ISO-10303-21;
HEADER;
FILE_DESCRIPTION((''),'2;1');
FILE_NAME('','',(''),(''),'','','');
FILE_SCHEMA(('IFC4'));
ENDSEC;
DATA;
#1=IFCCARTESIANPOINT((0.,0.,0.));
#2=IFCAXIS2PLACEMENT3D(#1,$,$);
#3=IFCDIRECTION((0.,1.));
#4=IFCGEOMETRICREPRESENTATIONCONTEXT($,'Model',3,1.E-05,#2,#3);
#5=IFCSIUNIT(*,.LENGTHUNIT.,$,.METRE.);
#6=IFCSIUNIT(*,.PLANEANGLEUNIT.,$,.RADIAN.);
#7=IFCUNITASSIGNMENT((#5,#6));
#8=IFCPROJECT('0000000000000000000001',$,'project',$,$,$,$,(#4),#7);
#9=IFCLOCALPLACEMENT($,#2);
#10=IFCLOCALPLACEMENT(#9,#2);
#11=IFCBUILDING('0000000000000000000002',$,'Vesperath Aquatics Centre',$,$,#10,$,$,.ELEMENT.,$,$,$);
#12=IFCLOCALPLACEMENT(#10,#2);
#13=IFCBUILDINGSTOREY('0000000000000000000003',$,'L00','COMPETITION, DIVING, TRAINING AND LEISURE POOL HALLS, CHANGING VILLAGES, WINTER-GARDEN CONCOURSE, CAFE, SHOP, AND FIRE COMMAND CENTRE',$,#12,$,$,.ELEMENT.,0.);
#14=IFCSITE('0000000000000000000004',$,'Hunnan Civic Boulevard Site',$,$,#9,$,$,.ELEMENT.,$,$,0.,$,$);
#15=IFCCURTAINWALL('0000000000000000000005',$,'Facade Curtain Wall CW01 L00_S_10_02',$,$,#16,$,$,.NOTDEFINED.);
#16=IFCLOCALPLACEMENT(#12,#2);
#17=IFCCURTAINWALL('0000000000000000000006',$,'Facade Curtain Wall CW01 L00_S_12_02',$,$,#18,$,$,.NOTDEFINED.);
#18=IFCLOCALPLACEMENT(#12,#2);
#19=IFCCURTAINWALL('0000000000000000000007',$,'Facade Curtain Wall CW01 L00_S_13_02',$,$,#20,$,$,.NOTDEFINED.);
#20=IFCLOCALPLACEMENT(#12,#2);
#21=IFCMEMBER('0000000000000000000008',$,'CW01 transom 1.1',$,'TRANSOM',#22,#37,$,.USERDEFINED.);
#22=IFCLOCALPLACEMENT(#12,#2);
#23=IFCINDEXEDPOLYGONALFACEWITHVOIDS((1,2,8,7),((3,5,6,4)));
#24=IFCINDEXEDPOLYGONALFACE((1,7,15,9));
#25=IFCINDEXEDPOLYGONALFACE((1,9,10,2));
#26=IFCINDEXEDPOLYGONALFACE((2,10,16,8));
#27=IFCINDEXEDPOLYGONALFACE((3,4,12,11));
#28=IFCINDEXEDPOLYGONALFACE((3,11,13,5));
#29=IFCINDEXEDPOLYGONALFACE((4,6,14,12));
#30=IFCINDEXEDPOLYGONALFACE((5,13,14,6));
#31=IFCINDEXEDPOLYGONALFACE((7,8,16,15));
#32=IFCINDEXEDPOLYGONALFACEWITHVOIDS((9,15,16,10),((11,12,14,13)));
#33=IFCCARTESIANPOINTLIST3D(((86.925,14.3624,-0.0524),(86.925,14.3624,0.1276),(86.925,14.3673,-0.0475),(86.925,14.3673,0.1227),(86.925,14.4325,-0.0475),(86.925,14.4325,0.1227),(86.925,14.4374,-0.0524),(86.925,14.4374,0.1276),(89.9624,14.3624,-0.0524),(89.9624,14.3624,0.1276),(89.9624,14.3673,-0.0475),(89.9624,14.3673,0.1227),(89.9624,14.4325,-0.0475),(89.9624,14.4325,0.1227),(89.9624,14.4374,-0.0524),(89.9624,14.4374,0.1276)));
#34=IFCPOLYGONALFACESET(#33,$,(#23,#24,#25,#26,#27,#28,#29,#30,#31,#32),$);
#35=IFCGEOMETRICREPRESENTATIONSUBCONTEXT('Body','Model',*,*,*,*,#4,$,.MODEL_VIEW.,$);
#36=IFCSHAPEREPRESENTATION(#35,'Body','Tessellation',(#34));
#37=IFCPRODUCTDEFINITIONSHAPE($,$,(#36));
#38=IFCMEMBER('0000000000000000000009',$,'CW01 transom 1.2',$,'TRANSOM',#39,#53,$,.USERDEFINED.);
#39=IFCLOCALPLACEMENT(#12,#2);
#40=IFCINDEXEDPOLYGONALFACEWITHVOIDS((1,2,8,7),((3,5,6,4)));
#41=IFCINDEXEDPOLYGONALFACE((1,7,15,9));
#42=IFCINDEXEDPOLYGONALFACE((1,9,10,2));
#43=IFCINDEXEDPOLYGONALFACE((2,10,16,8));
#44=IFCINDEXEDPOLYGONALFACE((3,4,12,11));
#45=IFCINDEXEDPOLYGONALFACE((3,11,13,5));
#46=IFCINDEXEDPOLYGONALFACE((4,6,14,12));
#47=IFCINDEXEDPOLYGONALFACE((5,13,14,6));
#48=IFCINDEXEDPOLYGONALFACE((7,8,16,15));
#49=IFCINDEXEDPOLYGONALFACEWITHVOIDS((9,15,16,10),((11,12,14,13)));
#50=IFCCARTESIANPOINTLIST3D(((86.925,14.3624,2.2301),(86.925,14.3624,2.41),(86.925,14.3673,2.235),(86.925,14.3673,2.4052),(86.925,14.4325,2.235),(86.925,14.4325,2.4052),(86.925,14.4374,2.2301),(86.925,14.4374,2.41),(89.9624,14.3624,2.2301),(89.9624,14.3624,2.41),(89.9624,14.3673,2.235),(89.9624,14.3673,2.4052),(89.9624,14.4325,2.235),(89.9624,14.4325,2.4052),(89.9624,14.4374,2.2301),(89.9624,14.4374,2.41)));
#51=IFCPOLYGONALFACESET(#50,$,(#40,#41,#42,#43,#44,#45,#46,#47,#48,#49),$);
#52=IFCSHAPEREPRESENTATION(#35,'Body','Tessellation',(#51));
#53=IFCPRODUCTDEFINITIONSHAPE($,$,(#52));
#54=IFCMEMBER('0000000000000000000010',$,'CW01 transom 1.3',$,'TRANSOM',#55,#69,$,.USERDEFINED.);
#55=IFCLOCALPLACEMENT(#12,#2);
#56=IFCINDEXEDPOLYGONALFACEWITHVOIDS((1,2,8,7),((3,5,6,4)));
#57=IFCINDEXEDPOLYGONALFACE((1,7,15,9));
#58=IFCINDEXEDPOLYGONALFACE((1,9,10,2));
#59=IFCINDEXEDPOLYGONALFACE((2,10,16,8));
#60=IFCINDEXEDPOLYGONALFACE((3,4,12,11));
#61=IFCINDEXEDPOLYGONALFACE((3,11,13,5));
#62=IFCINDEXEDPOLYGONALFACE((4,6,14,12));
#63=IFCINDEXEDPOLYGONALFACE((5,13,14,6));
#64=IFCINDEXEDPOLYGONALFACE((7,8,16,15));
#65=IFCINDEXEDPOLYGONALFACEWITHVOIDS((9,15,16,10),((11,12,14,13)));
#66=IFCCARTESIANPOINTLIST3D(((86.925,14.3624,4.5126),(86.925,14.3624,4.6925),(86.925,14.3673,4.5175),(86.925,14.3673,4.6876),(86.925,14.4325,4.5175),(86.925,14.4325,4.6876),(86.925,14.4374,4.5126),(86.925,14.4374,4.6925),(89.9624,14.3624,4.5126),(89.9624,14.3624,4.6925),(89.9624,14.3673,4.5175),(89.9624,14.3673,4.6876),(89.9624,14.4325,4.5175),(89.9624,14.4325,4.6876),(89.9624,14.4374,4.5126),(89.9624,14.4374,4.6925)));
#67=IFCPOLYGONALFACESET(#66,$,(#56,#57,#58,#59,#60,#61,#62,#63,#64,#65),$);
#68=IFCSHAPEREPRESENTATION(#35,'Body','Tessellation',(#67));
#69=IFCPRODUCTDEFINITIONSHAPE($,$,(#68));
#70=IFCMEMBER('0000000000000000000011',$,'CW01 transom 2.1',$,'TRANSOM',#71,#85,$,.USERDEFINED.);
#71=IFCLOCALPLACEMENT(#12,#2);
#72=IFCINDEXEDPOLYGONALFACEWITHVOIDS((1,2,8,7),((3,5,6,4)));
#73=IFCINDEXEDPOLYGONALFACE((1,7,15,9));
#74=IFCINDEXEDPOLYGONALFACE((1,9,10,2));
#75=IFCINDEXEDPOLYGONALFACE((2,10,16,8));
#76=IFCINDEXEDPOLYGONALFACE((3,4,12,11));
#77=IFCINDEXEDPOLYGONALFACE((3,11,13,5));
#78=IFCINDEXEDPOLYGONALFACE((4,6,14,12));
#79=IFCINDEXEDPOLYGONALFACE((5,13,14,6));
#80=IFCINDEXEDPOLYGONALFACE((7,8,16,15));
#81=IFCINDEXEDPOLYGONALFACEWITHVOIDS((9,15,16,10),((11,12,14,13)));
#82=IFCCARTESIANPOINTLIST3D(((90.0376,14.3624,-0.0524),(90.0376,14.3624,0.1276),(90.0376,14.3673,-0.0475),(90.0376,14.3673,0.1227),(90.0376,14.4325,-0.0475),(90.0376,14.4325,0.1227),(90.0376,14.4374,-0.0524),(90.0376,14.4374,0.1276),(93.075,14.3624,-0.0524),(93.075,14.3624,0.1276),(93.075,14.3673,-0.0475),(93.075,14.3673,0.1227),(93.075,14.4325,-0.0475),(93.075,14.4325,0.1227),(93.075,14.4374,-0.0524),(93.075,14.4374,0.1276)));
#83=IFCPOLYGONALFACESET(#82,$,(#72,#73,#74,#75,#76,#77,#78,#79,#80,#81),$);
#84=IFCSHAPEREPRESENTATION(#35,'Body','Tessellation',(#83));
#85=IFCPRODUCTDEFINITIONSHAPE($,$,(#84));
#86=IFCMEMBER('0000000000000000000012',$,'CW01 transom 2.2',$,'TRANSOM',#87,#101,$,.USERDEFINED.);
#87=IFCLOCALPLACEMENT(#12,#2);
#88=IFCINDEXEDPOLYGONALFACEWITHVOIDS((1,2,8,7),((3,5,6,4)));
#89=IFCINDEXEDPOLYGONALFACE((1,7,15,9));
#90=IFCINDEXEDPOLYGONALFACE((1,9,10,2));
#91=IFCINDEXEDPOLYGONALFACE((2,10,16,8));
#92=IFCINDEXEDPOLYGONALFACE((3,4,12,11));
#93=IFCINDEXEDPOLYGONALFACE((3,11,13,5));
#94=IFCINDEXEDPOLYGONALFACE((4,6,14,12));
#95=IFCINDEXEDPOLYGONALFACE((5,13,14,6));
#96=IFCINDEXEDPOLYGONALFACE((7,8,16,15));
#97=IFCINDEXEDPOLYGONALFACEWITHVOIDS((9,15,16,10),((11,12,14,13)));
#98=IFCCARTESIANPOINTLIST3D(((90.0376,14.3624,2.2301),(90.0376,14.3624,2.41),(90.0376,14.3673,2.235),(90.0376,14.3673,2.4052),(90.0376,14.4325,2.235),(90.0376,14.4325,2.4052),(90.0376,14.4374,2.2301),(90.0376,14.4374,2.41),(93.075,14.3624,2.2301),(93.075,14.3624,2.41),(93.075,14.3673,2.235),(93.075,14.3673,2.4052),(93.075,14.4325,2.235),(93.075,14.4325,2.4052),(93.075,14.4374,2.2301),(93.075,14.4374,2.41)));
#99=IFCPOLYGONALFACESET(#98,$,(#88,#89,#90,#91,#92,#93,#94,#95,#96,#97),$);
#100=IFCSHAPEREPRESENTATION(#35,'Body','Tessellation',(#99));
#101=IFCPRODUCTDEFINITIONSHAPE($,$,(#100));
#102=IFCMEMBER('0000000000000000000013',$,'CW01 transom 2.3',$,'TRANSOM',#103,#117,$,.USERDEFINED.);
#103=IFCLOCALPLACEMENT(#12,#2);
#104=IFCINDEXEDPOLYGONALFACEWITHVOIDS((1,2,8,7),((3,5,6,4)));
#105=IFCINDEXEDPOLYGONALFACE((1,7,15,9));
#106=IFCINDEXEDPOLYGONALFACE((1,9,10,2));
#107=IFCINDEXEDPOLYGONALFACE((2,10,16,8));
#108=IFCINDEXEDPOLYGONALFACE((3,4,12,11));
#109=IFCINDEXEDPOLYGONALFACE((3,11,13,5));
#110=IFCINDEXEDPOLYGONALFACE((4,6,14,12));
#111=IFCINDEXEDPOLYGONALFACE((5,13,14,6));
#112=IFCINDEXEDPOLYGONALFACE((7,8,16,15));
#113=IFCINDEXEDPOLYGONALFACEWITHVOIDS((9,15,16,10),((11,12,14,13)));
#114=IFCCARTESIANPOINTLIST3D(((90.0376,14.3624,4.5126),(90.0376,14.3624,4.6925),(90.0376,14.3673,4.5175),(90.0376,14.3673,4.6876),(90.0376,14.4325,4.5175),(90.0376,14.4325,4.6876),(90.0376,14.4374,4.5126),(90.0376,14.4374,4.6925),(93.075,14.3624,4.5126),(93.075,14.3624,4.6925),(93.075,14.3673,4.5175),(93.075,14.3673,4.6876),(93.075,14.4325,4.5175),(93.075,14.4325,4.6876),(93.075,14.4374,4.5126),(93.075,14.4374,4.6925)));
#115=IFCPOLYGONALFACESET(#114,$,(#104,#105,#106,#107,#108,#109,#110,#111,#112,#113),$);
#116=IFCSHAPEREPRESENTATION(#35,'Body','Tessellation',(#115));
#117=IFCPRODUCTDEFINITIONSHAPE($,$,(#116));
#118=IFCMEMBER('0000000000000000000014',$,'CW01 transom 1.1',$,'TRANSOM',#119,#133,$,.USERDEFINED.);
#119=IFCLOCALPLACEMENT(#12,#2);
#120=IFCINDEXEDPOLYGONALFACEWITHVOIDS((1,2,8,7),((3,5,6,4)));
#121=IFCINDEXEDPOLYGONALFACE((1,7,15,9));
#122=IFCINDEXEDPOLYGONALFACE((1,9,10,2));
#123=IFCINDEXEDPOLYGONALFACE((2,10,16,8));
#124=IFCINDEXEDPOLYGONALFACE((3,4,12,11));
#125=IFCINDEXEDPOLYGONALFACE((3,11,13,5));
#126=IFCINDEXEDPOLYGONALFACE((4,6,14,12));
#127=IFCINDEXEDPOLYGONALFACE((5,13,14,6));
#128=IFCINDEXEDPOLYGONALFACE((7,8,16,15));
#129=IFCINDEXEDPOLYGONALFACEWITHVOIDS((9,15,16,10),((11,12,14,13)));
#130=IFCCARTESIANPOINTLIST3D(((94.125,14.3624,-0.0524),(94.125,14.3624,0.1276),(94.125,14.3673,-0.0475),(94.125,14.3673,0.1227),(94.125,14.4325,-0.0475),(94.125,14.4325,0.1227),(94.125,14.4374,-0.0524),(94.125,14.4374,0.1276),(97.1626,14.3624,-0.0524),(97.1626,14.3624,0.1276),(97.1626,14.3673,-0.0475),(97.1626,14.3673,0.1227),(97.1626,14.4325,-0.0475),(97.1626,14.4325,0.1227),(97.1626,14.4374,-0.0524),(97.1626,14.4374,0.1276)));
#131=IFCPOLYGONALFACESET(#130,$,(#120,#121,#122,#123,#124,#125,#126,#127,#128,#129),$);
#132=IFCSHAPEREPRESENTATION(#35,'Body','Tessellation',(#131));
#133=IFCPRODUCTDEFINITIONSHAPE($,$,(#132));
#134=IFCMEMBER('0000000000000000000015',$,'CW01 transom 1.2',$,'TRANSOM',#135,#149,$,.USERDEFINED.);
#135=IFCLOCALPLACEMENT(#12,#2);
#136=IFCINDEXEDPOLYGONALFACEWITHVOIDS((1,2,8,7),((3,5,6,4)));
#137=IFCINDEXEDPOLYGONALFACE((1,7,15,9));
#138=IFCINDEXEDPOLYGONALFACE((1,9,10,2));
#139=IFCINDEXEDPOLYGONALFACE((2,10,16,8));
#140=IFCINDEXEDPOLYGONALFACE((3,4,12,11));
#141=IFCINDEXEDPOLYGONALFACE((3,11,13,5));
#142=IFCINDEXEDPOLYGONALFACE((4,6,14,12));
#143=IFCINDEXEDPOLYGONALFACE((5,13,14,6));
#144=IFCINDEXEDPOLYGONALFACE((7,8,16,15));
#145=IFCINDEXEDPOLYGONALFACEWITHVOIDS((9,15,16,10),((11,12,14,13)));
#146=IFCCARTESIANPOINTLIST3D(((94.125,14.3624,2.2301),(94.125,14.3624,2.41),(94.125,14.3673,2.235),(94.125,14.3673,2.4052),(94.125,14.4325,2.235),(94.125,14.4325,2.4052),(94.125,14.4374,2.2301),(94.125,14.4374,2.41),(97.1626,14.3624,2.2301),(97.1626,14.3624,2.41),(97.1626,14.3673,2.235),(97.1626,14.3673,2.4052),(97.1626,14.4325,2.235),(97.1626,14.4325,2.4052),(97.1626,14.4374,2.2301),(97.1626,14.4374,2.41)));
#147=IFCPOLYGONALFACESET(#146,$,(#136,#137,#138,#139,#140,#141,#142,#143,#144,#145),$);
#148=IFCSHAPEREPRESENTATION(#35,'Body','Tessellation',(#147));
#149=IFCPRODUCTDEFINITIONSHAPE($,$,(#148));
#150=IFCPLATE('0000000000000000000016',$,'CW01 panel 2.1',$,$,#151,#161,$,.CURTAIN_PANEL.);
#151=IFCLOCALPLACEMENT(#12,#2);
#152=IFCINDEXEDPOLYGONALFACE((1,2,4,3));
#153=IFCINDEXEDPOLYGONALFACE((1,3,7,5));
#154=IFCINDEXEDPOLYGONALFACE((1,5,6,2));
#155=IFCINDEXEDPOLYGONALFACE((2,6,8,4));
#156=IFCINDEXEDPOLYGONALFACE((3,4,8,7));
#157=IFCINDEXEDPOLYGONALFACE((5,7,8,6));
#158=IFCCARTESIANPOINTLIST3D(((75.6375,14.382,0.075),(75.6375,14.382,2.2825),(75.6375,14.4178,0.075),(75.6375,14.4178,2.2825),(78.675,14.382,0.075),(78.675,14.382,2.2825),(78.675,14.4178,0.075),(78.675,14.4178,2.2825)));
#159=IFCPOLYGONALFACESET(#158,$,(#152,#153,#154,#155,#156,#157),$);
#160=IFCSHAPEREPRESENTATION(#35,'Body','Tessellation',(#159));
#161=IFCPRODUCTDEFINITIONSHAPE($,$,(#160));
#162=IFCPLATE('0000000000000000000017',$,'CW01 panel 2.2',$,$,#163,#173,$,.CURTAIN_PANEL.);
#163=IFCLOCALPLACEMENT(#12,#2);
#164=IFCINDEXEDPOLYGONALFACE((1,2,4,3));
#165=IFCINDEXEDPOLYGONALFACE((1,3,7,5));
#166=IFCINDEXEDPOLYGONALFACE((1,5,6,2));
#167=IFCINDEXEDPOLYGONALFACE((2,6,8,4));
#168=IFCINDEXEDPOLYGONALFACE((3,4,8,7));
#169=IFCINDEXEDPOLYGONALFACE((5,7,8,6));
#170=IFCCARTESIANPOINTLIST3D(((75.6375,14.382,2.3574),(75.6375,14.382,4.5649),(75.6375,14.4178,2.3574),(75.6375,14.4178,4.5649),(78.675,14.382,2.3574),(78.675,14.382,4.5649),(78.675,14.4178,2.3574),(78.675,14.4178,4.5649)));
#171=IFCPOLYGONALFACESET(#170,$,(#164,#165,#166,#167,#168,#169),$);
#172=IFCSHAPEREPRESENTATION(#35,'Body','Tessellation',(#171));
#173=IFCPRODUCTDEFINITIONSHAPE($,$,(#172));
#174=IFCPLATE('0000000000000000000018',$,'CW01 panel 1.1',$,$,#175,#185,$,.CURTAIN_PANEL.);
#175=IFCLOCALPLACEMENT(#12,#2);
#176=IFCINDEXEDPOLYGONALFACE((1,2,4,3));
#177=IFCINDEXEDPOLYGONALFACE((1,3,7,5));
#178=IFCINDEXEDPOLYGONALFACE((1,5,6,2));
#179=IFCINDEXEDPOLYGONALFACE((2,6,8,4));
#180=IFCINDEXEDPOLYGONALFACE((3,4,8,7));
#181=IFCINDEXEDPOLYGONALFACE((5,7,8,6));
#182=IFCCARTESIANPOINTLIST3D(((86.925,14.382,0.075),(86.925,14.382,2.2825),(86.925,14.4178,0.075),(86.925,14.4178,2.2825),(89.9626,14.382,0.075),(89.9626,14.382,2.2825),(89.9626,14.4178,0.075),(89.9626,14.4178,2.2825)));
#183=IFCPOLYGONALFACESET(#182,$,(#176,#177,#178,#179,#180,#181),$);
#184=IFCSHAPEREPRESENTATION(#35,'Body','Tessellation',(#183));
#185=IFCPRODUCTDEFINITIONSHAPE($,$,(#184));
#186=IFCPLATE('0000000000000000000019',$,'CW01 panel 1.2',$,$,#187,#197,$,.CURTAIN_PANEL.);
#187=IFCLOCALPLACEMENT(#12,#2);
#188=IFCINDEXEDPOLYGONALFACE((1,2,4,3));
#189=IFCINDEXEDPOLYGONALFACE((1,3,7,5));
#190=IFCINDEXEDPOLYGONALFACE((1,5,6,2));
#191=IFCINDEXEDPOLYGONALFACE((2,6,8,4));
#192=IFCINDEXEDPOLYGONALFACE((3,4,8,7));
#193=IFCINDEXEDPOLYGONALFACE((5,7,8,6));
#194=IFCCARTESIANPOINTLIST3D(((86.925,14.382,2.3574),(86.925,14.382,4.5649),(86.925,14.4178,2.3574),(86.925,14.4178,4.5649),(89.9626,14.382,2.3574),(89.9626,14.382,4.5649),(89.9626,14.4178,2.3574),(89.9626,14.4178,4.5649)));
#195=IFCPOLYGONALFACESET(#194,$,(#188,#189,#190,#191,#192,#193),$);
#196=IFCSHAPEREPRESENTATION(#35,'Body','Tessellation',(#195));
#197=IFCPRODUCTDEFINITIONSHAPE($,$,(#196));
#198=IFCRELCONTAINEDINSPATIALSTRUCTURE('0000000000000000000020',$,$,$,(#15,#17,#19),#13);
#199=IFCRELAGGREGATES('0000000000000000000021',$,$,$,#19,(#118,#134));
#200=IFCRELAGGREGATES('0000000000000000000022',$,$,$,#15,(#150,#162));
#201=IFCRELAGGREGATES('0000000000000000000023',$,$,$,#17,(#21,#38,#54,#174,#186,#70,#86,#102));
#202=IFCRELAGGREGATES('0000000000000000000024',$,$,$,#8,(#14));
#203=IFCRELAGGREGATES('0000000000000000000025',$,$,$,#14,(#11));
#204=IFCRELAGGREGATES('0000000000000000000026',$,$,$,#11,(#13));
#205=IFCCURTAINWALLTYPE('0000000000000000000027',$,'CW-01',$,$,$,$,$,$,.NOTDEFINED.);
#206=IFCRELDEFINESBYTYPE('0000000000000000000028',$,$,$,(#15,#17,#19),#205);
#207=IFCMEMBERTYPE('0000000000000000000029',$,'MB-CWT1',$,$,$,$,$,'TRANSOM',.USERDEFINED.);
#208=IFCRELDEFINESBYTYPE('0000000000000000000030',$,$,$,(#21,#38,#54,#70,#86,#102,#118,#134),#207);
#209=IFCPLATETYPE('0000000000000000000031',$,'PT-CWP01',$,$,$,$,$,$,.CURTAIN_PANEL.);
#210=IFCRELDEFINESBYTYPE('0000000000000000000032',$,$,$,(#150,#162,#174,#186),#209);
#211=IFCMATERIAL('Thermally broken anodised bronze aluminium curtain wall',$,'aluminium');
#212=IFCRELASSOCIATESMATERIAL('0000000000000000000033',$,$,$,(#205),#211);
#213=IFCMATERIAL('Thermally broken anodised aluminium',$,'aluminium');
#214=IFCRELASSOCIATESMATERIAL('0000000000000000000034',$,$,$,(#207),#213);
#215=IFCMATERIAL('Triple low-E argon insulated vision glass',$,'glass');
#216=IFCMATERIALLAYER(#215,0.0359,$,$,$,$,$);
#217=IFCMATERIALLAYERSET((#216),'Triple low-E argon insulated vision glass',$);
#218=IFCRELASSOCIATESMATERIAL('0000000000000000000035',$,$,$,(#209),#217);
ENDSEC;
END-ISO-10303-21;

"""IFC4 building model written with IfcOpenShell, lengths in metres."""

from ifc_helpers import new_model, si_unit, direction, frame, origin, origin_2d, place, context, subcontext, project, spatial, rectangle, hollow_rectangle, extrude, material, layer, layer_set, material_profile, profile_set, type_object, element, aggregate, save


model = new_model("IFC4")

# Units and contexts
model_context = context("Model", 3, precision=1e-05, world=origin(), true_north=direction((0.0, 1.0)))
body_context = subcontext(model_context, "Body", "Model", "MODEL_VIEW")
ifc_project = project(units=[si_unit("LENGTHUNIT", "METRE"), si_unit("PLANEANGLEUNIT", "RADIAN")], contexts=[model_context])

# Site, building, storey
site_placement = place(None, origin())
site = spatial("IfcSite", under=ifc_project, at=site_placement, Name="Hunnan Civic Boulevard Site", CompositionType="ELEMENT", RefElevation=0.0)
building_placement = place(site_placement, origin())
building = spatial("IfcBuilding", under=site, at=building_placement, Name="Vesperath Aquatics Centre", CompositionType="ELEMENT")
storey_placement = place(building_placement, origin())
storey = spatial("IfcBuildingStorey", under=building, at=storey_placement, Name="L00", Description="COMPETITION, DIVING, TRAINING AND LEISURE POOL HALLS, CHANGING VILLAGES, WINTER-GARDEN CONCOURSE, CAFE, SHOP, AND FIRE COMMAND CENTRE", CompositionType="ELEMENT", Elevation=0.0)

# Curtain wall
ifc_material_1 = material(Name="Thermally broken anodised bronze aluminium curtain wall", Category="aluminium")
curtain_wall_type = type_object("IfcCurtainWallType", Name="CW-01", PredefinedType="NOTDEFINED", material=ifc_material_1)
curtain_wall_1_placement = place(storey_placement, origin())
curtain_wall_1 = element("IfcCurtainWall", 1, at=curtain_wall_1_placement, inside=storey, type_object=curtain_wall_type, Name="Facade Curtain Wall CW01 L00_S_10_02", PredefinedType="NOTDEFINED")
ifc_material_2 = material(Name="Thermally broken anodised aluminium", Category="aluminium")

# Curtain wall
curtain_wall_2_placement = place(storey_placement, origin())
curtain_wall_2 = element("IfcCurtainWall", 2, at=curtain_wall_2_placement, inside=storey, type_object=curtain_wall_type, Name="Facade Curtain Wall CW01 L00_S_12_02", PredefinedType="NOTDEFINED")

# Curtain wall
curtain_wall_3_placement = place(storey_placement, origin())
curtain_wall_3 = element("IfcCurtainWall", 3, at=curtain_wall_3_placement, inside=storey, type_object=curtain_wall_type, Name="Facade Curtain Wall CW01 L00_S_13_02", PredefinedType="NOTDEFINED")

# Members
ifc_material_profile_1 = material_profile(ifc_material_2, hollow_rectangle(XDim=0.075, YDim=0.1799, WallThickness=0.0049, at=origin_2d()), Name="CWT 75x180x5")
ifc_profile_set_1 = profile_set([ifc_material_profile_1], Name="Thermally broken anodised aluminium")
member_type_1 = type_object("IfcMemberType", Name="MB-CWT1", ElementType="TRANSOM", PredefinedType="USERDEFINED", material=ifc_profile_set_1)
member_1_placement = place(storey_placement, frame((86.925, 14.3999, 0.0376), z_axis=(1.0, 0.0, 0.0), x_axis=(0.0, 1.0, 0.0)))
member_1 = element("IfcMember", 4, at=member_1_placement, type_object=member_type_1, Name="CW01 transom 1.1", ObjectType="TRANSOM", PredefinedType="USERDEFINED", context=body_context, shape_type="SweptSolid", body=[
    extrude(hollow_rectangle(XDim=0.075, YDim=0.1799, WallThickness=0.0049, at=origin_2d()), origin(), (0.0, 0.0, 1.0), 3.0374),
])
member_2_placement = place(storey_placement, frame((86.925, 14.3999, 2.3201), z_axis=(1.0, 0.0, 0.0), x_axis=(0.0, 1.0, 0.0)))
member_2 = element("IfcMember", 5, at=member_2_placement, type_object=member_type_1, Name="CW01 transom 1.2", ObjectType="TRANSOM", PredefinedType="USERDEFINED", context=body_context, shape_type="SweptSolid", body=[
    extrude(hollow_rectangle(XDim=0.075, YDim=0.1799, WallThickness=0.0049, at=origin_2d()), origin(), (0.0, 0.0, 1.0), 3.0374),
])
member_3_placement = place(storey_placement, frame((86.925, 14.3999, 4.6025), z_axis=(1.0, 0.0, 0.0), x_axis=(0.0, 1.0, 0.0)))
member_3 = element("IfcMember", 6, at=member_3_placement, type_object=member_type_1, Name="CW01 transom 1.3", ObjectType="TRANSOM", PredefinedType="USERDEFINED", context=body_context, shape_type="SweptSolid", body=[
    extrude(hollow_rectangle(XDim=0.075, YDim=0.1799, WallThickness=0.0049, at=origin_2d()), origin(), (0.0, 0.0, 1.0), 3.0374),
])
member_4_placement = place(storey_placement, frame((90.0376, 14.3999, 0.0376), z_axis=(1.0, 0.0, 0.0), x_axis=(0.0, 1.0, 0.0)))
member_4 = element("IfcMember", 7, at=member_4_placement, type_object=member_type_1, Name="CW01 transom 2.1", ObjectType="TRANSOM", PredefinedType="USERDEFINED", context=body_context, shape_type="SweptSolid", body=[
    extrude(hollow_rectangle(XDim=0.075, YDim=0.1799, WallThickness=0.0049, at=origin_2d()), origin(), (0.0, 0.0, 1.0), 3.0374),
])
member_5_placement = place(storey_placement, frame((90.0376, 14.3999, 2.3201), z_axis=(1.0, 0.0, 0.0), x_axis=(0.0, 1.0, 0.0)))
member_5 = element("IfcMember", 8, at=member_5_placement, type_object=member_type_1, Name="CW01 transom 2.2", ObjectType="TRANSOM", PredefinedType="USERDEFINED", context=body_context, shape_type="SweptSolid", body=[
    extrude(hollow_rectangle(XDim=0.075, YDim=0.1799, WallThickness=0.0049, at=origin_2d()), origin(), (0.0, 0.0, 1.0), 3.0374),
])
member_6_placement = place(storey_placement, frame((90.0376, 14.3999, 4.6025), z_axis=(1.0, 0.0, 0.0), x_axis=(0.0, 1.0, 0.0)))
member_6 = element("IfcMember", 9, at=member_6_placement, type_object=member_type_1, Name="CW01 transom 2.3", ObjectType="TRANSOM", PredefinedType="USERDEFINED", context=body_context, shape_type="SweptSolid", body=[
    extrude(hollow_rectangle(XDim=0.075, YDim=0.1799, WallThickness=0.0049, at=origin_2d()), origin(), (0.0, 0.0, 1.0), 3.0374),
])
member_7_placement = place(storey_placement, frame((94.125, 14.3999, 0.0376), z_axis=(1.0, 0.0, 0.0), x_axis=(0.0, 1.0, 0.0)))
member_7 = element("IfcMember", 10, at=member_7_placement, type_object=member_type_1, Name="CW01 transom 1.1", ObjectType="TRANSOM", PredefinedType="USERDEFINED", context=body_context, shape_type="SweptSolid", body=[
    extrude(hollow_rectangle(XDim=0.075, YDim=0.1799, WallThickness=0.0049, at=origin_2d()), origin(), (0.0, 0.0, 1.0), 3.0376),
])
member_8_placement = place(storey_placement, frame((94.125, 14.3999, 2.3201), z_axis=(1.0, 0.0, 0.0), x_axis=(0.0, 1.0, 0.0)))
member_8 = element("IfcMember", 11, at=member_8_placement, type_object=member_type_1, Name="CW01 transom 1.2", ObjectType="TRANSOM", PredefinedType="USERDEFINED", context=body_context, shape_type="SweptSolid", body=[
    extrude(hollow_rectangle(XDim=0.075, YDim=0.1799, WallThickness=0.0049, at=origin_2d()), origin(), (0.0, 0.0, 1.0), 3.0376),
])
aggregate(curtain_wall_3, [member_7, member_8])

# Plates
ifc_material_3 = material(Name="Triple low-E argon insulated vision glass", Category="glass")
ifc_layer_1 = layer(ifc_material_3, 0.0359)
ifc_layer_set_1 = layer_set([ifc_layer_1], Name="Triple low-E argon insulated vision glass")
plate_type = type_object("IfcPlateType", Name="PT-CWP01", PredefinedType="CURTAIN_PANEL", material=ifc_layer_set_1)
plate_1_placement = place(storey_placement, frame((77.1562, 14.3999, 0.075), z_axis=(0.0, 0.0, 1.0), x_axis=(1.0, 0.0, 0.0)))
plate_1 = element("IfcPlate", 12, at=plate_1_placement, type_object=plate_type, Name="CW01 panel 2.1", PredefinedType="CURTAIN_PANEL", context=body_context, shape_type="SweptSolid", body=[
    extrude(rectangle(XDim=3.0376, YDim=0.0359, at=origin_2d()), origin(), (0.0, 0.0, 1.0), 2.2075),
])
plate_2_placement = place(storey_placement, frame((77.1562, 14.3999, 2.3574), z_axis=(0.0, 0.0, 1.0), x_axis=(1.0, 0.0, 0.0)))
plate_2 = element("IfcPlate", 13, at=plate_2_placement, type_object=plate_type, Name="CW01 panel 2.2", PredefinedType="CURTAIN_PANEL", context=body_context, shape_type="SweptSolid", body=[
    extrude(rectangle(XDim=3.0376, YDim=0.0359, at=origin_2d()), origin(), (0.0, 0.0, 1.0), 2.2075),
])
aggregate(curtain_wall_1, [plate_1, plate_2])
plate_3_placement = place(storey_placement, frame((88.4438, 14.3999, 0.075), z_axis=(0.0, 0.0, 1.0), x_axis=(1.0, 0.0, 0.0)))
plate_3 = element("IfcPlate", 14, at=plate_3_placement, type_object=plate_type, Name="CW01 panel 1.1", PredefinedType="CURTAIN_PANEL", context=body_context, shape_type="SweptSolid", body=[
    extrude(rectangle(XDim=3.0376, YDim=0.0359, at=origin_2d()), origin(), (0.0, 0.0, 1.0), 2.2075),
])
plate_4_placement = place(storey_placement, frame((88.4438, 14.3999, 2.3574), z_axis=(0.0, 0.0, 1.0), x_axis=(1.0, 0.0, 0.0)))
plate_4 = element("IfcPlate", 15, at=plate_4_placement, type_object=plate_type, Name="CW01 panel 1.2", PredefinedType="CURTAIN_PANEL", context=body_context, shape_type="SweptSolid", body=[
    extrude(rectangle(XDim=3.0376, YDim=0.0359, at=origin_2d()), origin(), (0.0, 0.0, 1.0), 2.2075),
])
aggregate(curtain_wall_2, [member_1, member_2, member_3, plate_3, plate_4, member_4, member_5, member_6])

save(model, "model.ifc")
